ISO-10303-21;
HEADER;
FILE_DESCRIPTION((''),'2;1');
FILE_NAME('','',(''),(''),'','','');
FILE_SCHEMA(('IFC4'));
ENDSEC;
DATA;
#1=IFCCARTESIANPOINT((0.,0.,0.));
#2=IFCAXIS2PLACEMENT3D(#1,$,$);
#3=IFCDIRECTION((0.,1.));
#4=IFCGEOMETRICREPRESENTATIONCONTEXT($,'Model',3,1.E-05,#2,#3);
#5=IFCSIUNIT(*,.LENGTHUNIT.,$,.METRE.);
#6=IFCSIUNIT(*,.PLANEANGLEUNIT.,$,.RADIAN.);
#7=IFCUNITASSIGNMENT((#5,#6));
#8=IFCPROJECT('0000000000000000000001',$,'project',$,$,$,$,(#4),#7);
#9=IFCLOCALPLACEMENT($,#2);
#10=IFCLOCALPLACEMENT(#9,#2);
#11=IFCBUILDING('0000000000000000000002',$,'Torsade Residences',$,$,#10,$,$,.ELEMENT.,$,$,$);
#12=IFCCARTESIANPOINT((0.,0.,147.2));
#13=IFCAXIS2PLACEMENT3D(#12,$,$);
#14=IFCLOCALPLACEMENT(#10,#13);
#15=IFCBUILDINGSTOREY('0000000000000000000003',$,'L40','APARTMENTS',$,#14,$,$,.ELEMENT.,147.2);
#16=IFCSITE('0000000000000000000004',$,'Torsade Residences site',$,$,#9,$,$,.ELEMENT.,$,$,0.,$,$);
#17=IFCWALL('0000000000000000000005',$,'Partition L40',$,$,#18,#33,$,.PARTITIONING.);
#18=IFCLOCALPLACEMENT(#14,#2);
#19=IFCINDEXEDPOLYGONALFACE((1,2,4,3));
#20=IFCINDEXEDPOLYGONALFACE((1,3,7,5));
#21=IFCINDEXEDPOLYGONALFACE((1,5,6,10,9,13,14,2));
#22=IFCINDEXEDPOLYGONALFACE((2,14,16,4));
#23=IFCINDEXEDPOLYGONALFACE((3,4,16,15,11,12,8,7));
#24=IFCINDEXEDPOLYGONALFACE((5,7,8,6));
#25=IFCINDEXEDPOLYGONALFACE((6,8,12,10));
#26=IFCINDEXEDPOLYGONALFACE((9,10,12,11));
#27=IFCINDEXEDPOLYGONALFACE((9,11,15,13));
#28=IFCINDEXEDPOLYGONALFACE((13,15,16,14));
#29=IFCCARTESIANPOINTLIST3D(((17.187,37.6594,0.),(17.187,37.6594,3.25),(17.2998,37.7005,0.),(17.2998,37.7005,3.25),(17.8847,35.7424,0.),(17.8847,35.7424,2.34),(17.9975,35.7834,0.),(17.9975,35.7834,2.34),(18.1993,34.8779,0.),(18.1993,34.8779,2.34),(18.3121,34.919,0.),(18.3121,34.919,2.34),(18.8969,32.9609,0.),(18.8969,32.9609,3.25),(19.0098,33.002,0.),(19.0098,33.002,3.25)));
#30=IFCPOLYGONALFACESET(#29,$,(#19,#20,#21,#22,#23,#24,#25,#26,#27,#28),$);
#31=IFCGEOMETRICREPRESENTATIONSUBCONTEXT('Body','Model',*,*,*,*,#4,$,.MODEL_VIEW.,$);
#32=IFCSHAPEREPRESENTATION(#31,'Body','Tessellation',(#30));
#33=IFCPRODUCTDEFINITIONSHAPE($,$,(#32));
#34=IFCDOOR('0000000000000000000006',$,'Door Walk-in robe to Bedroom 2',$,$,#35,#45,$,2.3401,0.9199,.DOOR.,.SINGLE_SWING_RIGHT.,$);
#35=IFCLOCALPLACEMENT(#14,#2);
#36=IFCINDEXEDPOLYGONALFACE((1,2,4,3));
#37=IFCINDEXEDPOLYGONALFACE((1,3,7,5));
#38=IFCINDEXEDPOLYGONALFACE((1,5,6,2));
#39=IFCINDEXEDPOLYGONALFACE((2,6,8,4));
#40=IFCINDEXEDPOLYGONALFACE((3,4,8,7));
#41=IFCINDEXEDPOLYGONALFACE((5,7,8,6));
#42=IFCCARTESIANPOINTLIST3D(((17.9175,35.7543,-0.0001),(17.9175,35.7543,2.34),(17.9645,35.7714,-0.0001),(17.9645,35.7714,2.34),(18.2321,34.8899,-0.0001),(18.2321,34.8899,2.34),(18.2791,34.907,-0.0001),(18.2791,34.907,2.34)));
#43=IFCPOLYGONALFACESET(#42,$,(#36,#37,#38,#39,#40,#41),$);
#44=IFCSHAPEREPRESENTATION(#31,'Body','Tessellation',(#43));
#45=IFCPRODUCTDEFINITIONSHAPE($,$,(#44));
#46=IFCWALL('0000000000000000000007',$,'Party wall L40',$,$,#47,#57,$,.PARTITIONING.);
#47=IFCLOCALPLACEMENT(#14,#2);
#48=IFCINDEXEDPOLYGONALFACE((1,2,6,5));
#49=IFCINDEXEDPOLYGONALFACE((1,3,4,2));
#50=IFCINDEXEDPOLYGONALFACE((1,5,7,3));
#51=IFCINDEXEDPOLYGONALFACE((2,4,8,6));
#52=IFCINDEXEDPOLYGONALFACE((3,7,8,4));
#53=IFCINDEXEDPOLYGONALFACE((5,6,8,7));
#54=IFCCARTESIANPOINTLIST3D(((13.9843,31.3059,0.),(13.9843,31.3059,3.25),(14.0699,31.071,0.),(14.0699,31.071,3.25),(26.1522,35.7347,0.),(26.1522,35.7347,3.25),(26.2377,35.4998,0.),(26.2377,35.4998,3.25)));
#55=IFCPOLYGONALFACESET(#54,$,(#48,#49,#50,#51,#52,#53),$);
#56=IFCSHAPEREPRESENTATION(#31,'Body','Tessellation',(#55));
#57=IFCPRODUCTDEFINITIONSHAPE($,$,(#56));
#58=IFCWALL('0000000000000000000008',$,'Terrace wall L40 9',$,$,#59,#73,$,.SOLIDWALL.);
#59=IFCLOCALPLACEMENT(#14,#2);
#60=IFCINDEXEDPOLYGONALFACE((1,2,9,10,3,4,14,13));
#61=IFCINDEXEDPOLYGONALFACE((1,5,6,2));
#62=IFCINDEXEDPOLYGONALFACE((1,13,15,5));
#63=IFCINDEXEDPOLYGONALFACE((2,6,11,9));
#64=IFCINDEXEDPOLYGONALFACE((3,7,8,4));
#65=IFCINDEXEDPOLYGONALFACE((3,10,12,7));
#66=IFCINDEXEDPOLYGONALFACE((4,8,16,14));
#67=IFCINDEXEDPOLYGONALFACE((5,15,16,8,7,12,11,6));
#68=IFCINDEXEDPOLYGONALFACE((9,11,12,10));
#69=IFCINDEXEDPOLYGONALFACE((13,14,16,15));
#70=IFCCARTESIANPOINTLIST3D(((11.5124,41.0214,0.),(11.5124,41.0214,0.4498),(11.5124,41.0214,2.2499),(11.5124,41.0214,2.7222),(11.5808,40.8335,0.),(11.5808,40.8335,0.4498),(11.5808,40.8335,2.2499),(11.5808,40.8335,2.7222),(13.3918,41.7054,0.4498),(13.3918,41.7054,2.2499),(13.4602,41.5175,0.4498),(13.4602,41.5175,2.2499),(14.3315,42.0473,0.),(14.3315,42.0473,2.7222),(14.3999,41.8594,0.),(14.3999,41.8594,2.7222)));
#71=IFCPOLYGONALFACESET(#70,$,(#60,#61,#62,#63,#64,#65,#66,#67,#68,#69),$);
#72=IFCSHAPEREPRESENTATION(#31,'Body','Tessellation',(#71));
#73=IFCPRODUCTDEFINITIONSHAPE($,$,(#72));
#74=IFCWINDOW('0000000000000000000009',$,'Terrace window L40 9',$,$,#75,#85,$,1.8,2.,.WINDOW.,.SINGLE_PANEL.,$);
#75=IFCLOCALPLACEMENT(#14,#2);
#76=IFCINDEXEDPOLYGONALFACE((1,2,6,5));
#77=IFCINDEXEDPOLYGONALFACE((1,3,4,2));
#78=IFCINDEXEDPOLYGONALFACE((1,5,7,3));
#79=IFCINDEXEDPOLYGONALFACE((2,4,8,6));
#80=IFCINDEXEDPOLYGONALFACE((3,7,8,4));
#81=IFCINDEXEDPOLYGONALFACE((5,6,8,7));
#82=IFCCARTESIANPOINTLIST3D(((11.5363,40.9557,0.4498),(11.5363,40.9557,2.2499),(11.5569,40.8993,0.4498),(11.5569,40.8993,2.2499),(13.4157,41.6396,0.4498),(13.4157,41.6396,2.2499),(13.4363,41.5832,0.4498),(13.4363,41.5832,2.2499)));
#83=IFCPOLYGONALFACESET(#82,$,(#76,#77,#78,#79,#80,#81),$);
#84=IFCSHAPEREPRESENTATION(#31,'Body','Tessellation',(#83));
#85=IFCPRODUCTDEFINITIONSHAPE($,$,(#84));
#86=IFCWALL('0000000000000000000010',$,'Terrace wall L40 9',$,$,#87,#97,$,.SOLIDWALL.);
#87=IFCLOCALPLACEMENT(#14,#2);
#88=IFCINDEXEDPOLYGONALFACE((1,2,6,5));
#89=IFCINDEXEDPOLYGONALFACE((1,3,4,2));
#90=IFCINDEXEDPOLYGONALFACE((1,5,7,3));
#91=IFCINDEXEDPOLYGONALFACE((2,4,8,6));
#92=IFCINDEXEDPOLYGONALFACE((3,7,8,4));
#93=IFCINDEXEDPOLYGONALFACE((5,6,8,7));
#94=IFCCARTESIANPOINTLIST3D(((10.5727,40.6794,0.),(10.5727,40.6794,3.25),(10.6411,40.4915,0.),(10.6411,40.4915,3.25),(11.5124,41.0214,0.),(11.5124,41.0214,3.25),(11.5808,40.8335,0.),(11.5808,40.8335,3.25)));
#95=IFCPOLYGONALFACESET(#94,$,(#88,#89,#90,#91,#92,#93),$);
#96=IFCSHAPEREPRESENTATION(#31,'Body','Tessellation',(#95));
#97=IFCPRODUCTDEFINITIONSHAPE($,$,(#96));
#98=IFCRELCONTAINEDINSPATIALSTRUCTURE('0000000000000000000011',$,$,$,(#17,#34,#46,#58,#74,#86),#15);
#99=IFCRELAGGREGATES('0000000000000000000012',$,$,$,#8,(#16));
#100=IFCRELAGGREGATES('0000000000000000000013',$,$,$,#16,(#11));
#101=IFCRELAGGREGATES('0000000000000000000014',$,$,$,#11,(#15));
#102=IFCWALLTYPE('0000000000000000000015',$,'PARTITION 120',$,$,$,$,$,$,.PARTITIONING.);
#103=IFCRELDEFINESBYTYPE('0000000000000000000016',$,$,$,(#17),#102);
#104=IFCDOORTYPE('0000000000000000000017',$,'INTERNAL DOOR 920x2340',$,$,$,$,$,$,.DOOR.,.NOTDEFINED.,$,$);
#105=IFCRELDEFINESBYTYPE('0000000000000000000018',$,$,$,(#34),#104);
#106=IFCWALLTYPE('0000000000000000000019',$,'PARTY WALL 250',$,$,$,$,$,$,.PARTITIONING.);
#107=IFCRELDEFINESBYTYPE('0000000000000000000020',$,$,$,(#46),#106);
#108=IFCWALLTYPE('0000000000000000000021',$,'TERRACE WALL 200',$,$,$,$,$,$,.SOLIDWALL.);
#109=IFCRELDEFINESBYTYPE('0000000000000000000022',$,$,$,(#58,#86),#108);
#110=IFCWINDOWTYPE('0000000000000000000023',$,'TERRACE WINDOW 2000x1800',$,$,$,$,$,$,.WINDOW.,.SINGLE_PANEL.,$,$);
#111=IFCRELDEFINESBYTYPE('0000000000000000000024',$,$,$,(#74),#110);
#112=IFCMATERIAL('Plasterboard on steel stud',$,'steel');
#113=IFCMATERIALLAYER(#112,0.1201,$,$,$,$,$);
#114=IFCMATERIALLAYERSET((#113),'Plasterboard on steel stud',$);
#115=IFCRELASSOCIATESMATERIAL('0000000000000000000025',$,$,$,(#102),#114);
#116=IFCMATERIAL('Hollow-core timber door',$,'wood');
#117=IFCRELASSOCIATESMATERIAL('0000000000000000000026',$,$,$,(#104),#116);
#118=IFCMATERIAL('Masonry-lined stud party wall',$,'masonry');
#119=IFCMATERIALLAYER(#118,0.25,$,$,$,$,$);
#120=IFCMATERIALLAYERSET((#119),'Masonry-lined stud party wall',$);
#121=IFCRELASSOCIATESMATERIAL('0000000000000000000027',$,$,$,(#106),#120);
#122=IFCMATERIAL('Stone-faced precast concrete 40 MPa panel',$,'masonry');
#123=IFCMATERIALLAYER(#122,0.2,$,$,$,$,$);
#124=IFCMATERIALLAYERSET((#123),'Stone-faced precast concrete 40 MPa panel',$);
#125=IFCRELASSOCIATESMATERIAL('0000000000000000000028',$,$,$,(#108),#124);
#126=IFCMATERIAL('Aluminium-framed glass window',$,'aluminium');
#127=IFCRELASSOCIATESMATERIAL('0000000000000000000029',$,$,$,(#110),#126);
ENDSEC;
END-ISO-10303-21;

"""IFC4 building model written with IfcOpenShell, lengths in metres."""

from ifc_helpers import new_model, si_unit, direction, frame, frame_2d, origin, place, context, subcontext, project, spatial, rectangle, extrude, material, layer, layer_set, type_object, element, fill, save


model = new_model("IFC4")

# Units and contexts
model_context = context("Model", 3, precision=1e-05, world=origin(), true_north=direction((0.0, 1.0)))
body_context = subcontext(model_context, "Body", "Model", "MODEL_VIEW")
ifc_project = project(units=[si_unit("LENGTHUNIT", "METRE"), si_unit("PLANEANGLEUNIT", "RADIAN")], contexts=[model_context])

# Site, building, storey
site_placement = place(None, origin())
site = spatial("IfcSite", under=ifc_project, at=site_placement, Name="Torsade Residences site", CompositionType="ELEMENT", RefElevation=0.0)
building_placement = place(site_placement, origin())
building = spatial("IfcBuilding", under=site, at=building_placement, Name="Torsade Residences", CompositionType="ELEMENT")
storey_placement = place(building_placement, frame((0.0, 0.0, 147.2)))
storey = spatial("IfcBuildingStorey", under=building, at=storey_placement, Name="L40", Description="APARTMENTS", CompositionType="ELEMENT", Elevation=147.2)

# Wall, opening, door
ifc_material_1 = material(Name="Plasterboard on steel stud", Category="steel")
ifc_layer_1 = layer(ifc_material_1, 0.1201)
ifc_layer_set_1 = layer_set([ifc_layer_1], Name="Plasterboard on steel stud")
wall_type_1 = type_object("IfcWallType", Name="PARTITION 120", PredefinedType="PARTITIONING", material=ifc_layer_set_1)
ifc_material_2 = material(Name="Hollow-core timber door", Category="wood")
door_type_1 = type_object("IfcDoorType", Name="INTERNAL DOOR 920x2340", OperationType="NOTDEFINED", PredefinedType="DOOR", material=ifc_material_2)
wall_1_placement = place(storey_placement, frame((17.2434, 37.6799, 0.0), z_axis=(0.0, 0.0, 1.0), x_axis=(0.341994, -0.939702, 0.0)))
wall_1 = element("IfcWall", 1, at=wall_1_placement, inside=storey, type_object=wall_type_1, Name="Partition L40", PredefinedType="PARTITIONING", context=body_context, shape_type="SweptSolid", body=[
    extrude(rectangle(XDim=5.0, YDim=0.1201, at=frame_2d((2.5, 0.0))), origin(), (0.0, 0.0, 1.0), 3.25),
])
opening_1_placement = place(wall_1_placement, frame((2.04, 0.0, 0.0)))
opening_1 = element("IfcOpeningElement", 2, at=opening_1_placement, cuts=wall_1, PredefinedType="OPENING", context=body_context, shape_type="SweptSolid", body=[
    extrude(rectangle(XDim=0.9199, YDim=2.3401, at=frame_2d((0.46, 1.1699))), frame((0.0, 0.0701, 0.0), z_axis=(0.0, -1.0, 0.0), x_axis=(1.0, 0.0, 0.0)), (0.0, 0.0, 1.0), 0.1401),
])
door_1_placement = place(opening_1_placement, origin())
door_1 = element("IfcDoor", 3, at=door_1_placement, inside=storey, type_object=door_type_1, Name="Door Walk-in robe to Bedroom 2", OperationType="SINGLE_SWING_RIGHT", OverallHeight=2.3401, OverallWidth=0.9199, PredefinedType="DOOR", context=body_context, shape_type="SweptSolid", body=[
    extrude(rectangle(XDim=0.9199, YDim=2.3401, at=frame_2d((0.46, 1.1699))), frame((0.0, 0.0249, 0.0), z_axis=(0.0, -1.0, 0.0), x_axis=(1.0, 0.0, 0.0)), (0.0, 0.0, 1.0), 0.05),
])
fill(opening_1, door_1)

# Wall
ifc_material_3 = material(Name="Masonry-lined stud party wall", Category="masonry")
ifc_layer_2 = layer(ifc_material_3, 0.25)
ifc_layer_set_2 = layer_set([ifc_layer_2], Name="Masonry-lined stud party wall")
wall_type_2 = type_object("IfcWallType", Name="PARTY WALL 250", PredefinedType="PARTITIONING", material=ifc_layer_set_2)
wall_2_placement = place(storey_placement, frame((14.0271, 31.1885, 0.0), z_axis=(0.0, 0.0, 1.0), x_axis=(0.939692, 0.342022, 0.0)))
element("IfcWall", 4, at=wall_2_placement, inside=storey, type_object=wall_type_2, Name="Party wall L40", PredefinedType="PARTITIONING", context=body_context, shape_type="SweptSolid", body=[
    extrude(rectangle(XDim=12.9487, YDim=0.25, at=frame_2d((6.4744, 0.0))), origin(), (0.0, 0.0, 1.0), 3.25),
])

# Wall, opening, window
ifc_material_4 = material(Name="Stone-faced precast concrete 40 MPa panel", Category="masonry")
ifc_layer_3 = layer(ifc_material_4, 0.2)
ifc_layer_set_3 = layer_set([ifc_layer_3], Name="Stone-faced precast concrete 40 MPa panel")
wall_type_3 = type_object("IfcWallType", Name="TERRACE WALL 200", PredefinedType="SOLIDWALL", material=ifc_layer_set_3)
wall_3_placement = place(storey_placement, frame((14.3657, 41.9534, 0.0), z_axis=(0.0, 0.0, 1.0), x_axis=(-0.939713, -0.341965, 0.0)))
wall_3 = element("IfcWall", 5, at=wall_3_placement, inside=storey, type_object=wall_type_3, Name="Terrace wall L40 9", PredefinedType="SOLIDWALL", context=body_context, shape_type="SweptSolid", body=[
    extrude(rectangle(XDim=3.0, YDim=0.2, at=frame_2d((1.5, 0.0))), origin(), (0.0, 0.0, 1.0), 2.7222),
])
opening_2_placement = place(wall_3_placement, frame((1.0, 0.0, 0.45)))
opening_2 = element("IfcOpeningElement", 6, at=opening_2_placement, cuts=wall_3, PredefinedType="OPENING", context=body_context, shape_type="SweptSolid", body=[
    extrude(rectangle(XDim=2.0, YDim=1.8, at=frame_2d((1.0, 0.8999))), frame((0.0, 0.1099, 0.0), z_axis=(0.0, -1.0, 0.0), x_axis=(1.0, 0.0, 0.0)), (0.0, 0.0, 1.0), 0.22),
])
ifc_material_5 = material(Name="Aluminium-framed glass window", Category="aluminium")
window_type = type_object("IfcWindowType", Name="TERRACE WINDOW 2000x1800", PartitioningType="SINGLE_PANEL", PredefinedType="WINDOW", material=ifc_material_5)
window_placement = place(opening_2_placement, origin())
window = element("IfcWindow", 7, at=window_placement, inside=storey, type_object=window_type, Name="Terrace window L40 9", OverallHeight=1.8, OverallWidth=2.0, PartitioningType="SINGLE_PANEL", PredefinedType="WINDOW", context=body_context, shape_type="SweptSolid", body=[
    extrude(rectangle(XDim=2.0, YDim=1.8, at=frame_2d((1.0, 0.8999))), frame((0.0, 0.03, 0.0), z_axis=(0.0, -1.0, 0.0), x_axis=(1.0, 0.0, 0.0)), (0.0, 0.0, 1.0), 0.0601),
])
fill(opening_2, window)

# Wall
wall_4_placement = place(storey_placement, frame((11.5466, 40.9275, 0.0), z_axis=(0.0, 0.0, 1.0), x_axis=(-0.939686, -0.342037, 0.0)))
element("IfcWall", 8, at=wall_4_placement, inside=storey, type_object=wall_type_3, Name="Terrace wall L40 9", PredefinedType="SOLIDWALL", context=body_context, shape_type="SweptSolid", body=[
    extrude(rectangle(XDim=1.0, YDim=0.2, at=frame_2d((0.5, 0.0))), origin(), (0.0, 0.0, 1.0), 3.25),
])

save(model, "model.ifc")
